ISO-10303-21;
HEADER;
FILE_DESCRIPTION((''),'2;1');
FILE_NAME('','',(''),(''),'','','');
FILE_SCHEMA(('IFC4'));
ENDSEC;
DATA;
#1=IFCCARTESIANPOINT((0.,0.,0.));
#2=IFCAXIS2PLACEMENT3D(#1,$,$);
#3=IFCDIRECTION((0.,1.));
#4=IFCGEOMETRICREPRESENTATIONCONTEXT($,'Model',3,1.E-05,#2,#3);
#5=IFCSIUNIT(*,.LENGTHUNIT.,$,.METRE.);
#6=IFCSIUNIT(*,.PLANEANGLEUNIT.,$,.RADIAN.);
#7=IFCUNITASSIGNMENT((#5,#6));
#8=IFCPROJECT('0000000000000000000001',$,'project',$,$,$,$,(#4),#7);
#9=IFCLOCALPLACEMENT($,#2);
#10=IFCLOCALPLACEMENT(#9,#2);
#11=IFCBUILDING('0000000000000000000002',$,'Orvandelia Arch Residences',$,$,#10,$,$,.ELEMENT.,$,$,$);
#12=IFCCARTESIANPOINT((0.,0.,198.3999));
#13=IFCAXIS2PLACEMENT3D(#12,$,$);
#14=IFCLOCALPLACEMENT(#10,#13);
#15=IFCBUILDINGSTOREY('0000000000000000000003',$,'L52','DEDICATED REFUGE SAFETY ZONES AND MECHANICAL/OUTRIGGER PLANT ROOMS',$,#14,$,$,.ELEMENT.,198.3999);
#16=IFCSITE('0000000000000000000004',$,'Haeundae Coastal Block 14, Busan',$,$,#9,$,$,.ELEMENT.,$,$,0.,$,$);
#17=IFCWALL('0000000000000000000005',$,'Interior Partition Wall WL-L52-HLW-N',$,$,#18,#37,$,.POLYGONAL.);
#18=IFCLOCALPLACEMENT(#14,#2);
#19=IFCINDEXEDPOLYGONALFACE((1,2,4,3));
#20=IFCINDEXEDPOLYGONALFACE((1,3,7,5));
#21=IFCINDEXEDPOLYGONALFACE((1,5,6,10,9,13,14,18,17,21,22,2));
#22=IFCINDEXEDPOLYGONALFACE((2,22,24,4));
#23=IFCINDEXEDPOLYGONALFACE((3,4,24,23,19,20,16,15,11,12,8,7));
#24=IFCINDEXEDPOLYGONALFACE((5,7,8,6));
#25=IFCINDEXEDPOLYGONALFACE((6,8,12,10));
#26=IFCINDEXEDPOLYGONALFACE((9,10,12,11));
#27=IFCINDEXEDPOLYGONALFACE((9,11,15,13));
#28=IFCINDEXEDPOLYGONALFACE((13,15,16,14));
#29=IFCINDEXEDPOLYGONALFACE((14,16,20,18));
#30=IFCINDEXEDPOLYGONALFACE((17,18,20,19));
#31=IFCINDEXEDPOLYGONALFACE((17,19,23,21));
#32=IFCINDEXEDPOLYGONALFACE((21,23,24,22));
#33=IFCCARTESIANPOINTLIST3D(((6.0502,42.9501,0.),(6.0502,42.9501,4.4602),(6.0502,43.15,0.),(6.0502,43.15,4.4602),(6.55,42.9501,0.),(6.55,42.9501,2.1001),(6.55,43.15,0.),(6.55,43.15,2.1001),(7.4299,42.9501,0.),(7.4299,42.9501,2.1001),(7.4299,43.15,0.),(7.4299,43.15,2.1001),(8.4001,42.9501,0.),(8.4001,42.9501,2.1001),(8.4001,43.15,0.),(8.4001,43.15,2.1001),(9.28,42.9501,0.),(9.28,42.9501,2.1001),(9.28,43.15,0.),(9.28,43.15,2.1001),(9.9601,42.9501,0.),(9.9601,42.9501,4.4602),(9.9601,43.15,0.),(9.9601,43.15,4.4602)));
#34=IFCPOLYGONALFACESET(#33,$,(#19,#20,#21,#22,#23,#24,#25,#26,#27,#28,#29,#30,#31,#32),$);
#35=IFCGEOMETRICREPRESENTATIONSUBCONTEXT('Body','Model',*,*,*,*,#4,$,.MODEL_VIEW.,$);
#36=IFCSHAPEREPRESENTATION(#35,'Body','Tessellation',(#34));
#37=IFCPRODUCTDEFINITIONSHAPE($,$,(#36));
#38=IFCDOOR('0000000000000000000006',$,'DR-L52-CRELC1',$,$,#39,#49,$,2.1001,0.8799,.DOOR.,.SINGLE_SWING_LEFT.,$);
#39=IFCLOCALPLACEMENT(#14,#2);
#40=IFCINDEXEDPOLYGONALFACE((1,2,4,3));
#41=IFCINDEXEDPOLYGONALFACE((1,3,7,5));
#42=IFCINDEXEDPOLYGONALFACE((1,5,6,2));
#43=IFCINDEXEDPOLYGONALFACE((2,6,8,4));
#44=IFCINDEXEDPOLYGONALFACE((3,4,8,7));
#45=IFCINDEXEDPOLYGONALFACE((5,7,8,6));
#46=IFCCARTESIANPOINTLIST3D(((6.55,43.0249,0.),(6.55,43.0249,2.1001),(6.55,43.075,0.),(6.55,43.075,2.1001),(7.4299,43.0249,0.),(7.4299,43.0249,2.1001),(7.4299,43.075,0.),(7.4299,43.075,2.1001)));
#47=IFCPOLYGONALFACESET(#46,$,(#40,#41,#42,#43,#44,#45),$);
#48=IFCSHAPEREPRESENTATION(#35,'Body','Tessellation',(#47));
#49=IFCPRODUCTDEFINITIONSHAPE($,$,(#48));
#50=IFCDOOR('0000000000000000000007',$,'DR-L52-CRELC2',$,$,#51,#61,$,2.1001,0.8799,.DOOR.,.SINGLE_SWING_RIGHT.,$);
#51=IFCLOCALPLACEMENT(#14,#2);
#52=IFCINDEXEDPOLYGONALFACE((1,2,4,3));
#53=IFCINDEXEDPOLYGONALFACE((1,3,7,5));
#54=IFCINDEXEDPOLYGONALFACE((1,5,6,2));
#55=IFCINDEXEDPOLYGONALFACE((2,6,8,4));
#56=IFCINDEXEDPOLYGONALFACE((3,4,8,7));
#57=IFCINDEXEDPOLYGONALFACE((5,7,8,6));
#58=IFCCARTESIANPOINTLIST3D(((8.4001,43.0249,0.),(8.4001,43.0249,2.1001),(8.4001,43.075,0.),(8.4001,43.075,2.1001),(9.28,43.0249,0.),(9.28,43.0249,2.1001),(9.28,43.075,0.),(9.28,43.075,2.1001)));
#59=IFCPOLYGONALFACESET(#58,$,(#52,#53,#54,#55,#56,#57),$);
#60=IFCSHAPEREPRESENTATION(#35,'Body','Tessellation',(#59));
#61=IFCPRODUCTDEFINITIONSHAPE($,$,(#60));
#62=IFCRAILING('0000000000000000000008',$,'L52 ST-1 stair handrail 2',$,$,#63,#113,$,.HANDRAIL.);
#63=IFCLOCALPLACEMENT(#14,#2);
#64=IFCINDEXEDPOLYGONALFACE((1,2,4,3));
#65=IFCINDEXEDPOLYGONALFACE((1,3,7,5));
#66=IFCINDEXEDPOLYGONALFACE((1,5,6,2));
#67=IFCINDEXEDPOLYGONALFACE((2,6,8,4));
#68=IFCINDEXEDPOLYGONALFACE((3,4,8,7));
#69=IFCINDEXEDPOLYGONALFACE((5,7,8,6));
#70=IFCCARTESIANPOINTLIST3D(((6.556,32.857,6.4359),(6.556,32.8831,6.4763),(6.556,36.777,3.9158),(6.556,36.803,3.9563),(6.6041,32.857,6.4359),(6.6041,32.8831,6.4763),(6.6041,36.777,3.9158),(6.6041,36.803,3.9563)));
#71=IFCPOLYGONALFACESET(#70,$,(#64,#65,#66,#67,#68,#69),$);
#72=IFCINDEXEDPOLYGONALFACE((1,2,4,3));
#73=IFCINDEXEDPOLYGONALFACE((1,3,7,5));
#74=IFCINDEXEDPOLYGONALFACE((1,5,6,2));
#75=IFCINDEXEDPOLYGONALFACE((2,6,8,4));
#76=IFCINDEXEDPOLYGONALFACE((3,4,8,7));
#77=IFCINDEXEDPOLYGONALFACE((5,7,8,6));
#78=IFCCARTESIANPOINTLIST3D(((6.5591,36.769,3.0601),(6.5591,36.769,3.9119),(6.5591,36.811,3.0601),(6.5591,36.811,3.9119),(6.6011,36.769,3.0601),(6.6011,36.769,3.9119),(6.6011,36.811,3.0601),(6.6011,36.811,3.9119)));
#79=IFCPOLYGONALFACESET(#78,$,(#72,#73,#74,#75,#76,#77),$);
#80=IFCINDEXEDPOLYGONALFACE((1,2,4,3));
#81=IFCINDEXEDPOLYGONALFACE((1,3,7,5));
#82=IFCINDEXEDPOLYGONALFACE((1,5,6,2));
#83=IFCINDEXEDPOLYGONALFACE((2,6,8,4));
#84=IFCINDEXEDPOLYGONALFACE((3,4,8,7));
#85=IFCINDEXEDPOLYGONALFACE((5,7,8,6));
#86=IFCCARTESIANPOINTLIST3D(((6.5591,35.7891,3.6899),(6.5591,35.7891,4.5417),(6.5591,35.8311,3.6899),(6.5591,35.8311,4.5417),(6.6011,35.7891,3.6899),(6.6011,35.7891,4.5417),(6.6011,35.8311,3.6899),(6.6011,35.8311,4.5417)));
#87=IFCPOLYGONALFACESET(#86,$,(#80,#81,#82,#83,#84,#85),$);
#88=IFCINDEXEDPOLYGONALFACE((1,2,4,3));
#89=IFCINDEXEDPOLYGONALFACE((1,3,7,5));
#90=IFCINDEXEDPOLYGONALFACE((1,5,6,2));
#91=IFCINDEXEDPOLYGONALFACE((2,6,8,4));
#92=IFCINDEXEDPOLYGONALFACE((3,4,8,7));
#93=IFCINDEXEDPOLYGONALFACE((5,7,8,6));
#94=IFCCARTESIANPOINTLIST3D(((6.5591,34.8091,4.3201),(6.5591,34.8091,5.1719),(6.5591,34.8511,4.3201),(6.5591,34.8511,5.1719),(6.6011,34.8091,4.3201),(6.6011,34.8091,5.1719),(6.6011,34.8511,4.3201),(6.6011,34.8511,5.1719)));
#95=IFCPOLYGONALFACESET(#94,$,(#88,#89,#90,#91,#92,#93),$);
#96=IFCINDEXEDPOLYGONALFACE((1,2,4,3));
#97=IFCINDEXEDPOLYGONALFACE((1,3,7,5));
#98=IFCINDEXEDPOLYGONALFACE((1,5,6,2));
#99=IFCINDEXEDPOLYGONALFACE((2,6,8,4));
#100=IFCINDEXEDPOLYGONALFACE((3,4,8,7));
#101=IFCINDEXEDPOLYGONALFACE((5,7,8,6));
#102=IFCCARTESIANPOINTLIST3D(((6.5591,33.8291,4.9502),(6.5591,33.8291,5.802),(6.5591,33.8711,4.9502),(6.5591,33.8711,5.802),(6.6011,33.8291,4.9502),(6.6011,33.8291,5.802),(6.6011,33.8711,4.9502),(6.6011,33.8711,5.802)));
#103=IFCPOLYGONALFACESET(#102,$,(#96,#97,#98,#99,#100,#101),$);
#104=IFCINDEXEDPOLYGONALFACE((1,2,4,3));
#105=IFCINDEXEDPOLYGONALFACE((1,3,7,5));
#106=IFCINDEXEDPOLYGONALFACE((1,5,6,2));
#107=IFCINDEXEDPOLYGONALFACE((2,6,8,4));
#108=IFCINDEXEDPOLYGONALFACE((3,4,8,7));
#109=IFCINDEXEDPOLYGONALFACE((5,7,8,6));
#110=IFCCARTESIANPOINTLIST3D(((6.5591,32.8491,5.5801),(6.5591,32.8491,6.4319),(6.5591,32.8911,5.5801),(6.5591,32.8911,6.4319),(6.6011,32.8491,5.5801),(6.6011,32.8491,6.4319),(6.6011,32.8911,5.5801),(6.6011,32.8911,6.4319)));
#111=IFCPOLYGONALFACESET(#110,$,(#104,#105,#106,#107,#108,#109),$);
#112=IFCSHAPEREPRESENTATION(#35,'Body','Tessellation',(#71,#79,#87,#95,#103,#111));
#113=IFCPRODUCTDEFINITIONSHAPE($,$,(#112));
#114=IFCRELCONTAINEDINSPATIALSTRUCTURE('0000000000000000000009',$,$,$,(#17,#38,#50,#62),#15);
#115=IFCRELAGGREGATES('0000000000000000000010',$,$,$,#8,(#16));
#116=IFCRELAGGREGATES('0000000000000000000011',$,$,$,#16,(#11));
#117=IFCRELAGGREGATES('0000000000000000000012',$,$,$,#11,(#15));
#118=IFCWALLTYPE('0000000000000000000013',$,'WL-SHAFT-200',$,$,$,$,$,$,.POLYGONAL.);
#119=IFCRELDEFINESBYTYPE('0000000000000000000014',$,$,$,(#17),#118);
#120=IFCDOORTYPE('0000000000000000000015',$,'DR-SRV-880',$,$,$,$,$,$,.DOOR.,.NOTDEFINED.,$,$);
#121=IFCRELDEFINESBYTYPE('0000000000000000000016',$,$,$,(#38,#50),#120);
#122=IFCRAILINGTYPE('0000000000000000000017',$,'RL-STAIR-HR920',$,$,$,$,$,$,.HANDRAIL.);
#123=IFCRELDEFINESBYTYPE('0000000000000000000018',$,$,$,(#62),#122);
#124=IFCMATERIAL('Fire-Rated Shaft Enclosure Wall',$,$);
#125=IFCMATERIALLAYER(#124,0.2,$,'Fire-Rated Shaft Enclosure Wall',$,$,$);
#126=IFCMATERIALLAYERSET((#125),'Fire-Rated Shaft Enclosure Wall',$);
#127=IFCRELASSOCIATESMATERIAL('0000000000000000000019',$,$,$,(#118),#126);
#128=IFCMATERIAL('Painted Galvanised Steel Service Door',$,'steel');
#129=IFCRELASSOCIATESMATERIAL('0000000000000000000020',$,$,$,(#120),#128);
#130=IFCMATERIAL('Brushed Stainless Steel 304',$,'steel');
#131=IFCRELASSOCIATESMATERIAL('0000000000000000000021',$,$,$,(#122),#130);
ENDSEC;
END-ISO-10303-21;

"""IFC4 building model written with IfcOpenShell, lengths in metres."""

from ifc_helpers import new_model, si_unit, direction, frame, frame_2d, origin, origin_2d, place, context, subcontext, project, spatial, rectangle, extrude, material, layer, layer_set, type_object, element, fill, save


model = new_model("IFC4")

# Units and contexts
model_context = context("Model", 3, precision=1e-05, world=origin(), true_north=direction((0.0, 1.0)))
body_context = subcontext(model_context, "Body", "Model", "MODEL_VIEW")
ifc_project = project(units=[si_unit("LENGTHUNIT", "METRE"), si_unit("PLANEANGLEUNIT", "RADIAN")], contexts=[model_context])

# Site, building, storey
site_placement = place(None, origin())
site = spatial("IfcSite", under=ifc_project, at=site_placement, Name="Haeundae Coastal Block 14, Busan", CompositionType="ELEMENT", RefElevation=0.0)
building_placement = place(site_placement, origin())
building = spatial("IfcBuilding", under=site, at=building_placement, Name="Orvandelia Arch Residences", CompositionType="ELEMENT")
storey_placement = place(building_placement, frame((0.0, 0.0, 198.3999)))
storey = spatial("IfcBuildingStorey", under=building, at=storey_placement, Name="L52", Description="DEDICATED REFUGE SAFETY ZONES AND MECHANICAL/OUTRIGGER PLANT ROOMS", CompositionType="ELEMENT", Elevation=198.3999)

# Wall, openings, doors
ifc_material_1 = material(Name="Fire-Rated Shaft Enclosure Wall")
ifc_layer_1 = layer(ifc_material_1, 0.2, Name="Fire-Rated Shaft Enclosure Wall")
ifc_layer_set_1 = layer_set([ifc_layer_1], Name="Fire-Rated Shaft Enclosure Wall")
wall_type_1 = type_object("IfcWallType", Name="WL-SHAFT-200", PredefinedType="POLYGONAL", material=ifc_layer_set_1)
wall_1_placement = place(storey_placement, frame((6.05, 43.05, 0.0), z_axis=(0.0, 0.0, 1.0), x_axis=(1.0, 0.0, 0.0)))
wall_1 = element("IfcWall", 1, at=wall_1_placement, inside=storey, type_object=wall_type_1, Name="Interior Partition Wall WL-L52-HLW-N", PredefinedType="POLYGONAL", context=body_context, shape_type="SweptSolid", body=[
    extrude(rectangle(XDim=3.9099, YDim=0.2, at=frame_2d((1.9551, 0.0))), origin(), (0.0, 0.0, 1.0), 4.4602),
])
opening_1_placement = place(wall_1_placement, frame((0.5, 0.0, 0.0)))
opening_1 = element("IfcOpeningElement", 2, at=opening_1_placement, cuts=wall_1, PredefinedType="OPENING", context=body_context, shape_type="SweptSolid", body=[
    extrude(rectangle(XDim=0.8799, YDim=2.1001, at=frame_2d((0.4399, 1.05))), frame((0.0, 0.1099, 0.0), z_axis=(0.0, -1.0, 0.0), x_axis=(1.0, 0.0, 0.0)), (0.0, 0.0, 1.0), 0.22),
])
opening_2_placement = place(wall_1_placement, frame((2.3501, 0.0, 0.0)))
opening_2 = element("IfcOpeningElement", 3, at=opening_2_placement, cuts=wall_1, PredefinedType="OPENING", context=body_context, shape_type="SweptSolid", body=[
    extrude(rectangle(XDim=0.8799, YDim=2.1001, at=frame_2d((0.4399, 1.05))), frame((0.0, 0.1099, 0.0), z_axis=(0.0, -1.0, 0.0), x_axis=(1.0, 0.0, 0.0)), (0.0, 0.0, 1.0), 0.22),
])
ifc_material_2 = material(Name="Painted Galvanised Steel Service Door", Category="steel")
door_type = type_object("IfcDoorType", Name="DR-SRV-880", OperationType="NOTDEFINED", PredefinedType="DOOR", material=ifc_material_2)
door_1_placement = place(opening_1_placement, origin())
door_1 = element("IfcDoor", 4, at=door_1_placement, inside=storey, type_object=door_type, Name="DR-L52-CRELC1", OperationType="SINGLE_SWING_LEFT", OverallHeight=2.1001, OverallWidth=0.8799, PredefinedType="DOOR", context=body_context, shape_type="SweptSolid", body=[
    extrude(rectangle(XDim=0.8799, YDim=2.1001, at=frame_2d((0.4399, 1.05))), frame((0.0, 0.0249, 0.0), z_axis=(0.0, -1.0, 0.0), x_axis=(1.0, 0.0, 0.0)), (0.0, 0.0, 1.0), 0.05),
])
fill(opening_1, door_1)
door_2_placement = place(opening_2_placement, origin())
door_2 = element("IfcDoor", 5, at=door_2_placement, inside=storey, type_object=door_type, Name="DR-L52-CRELC2", OperationType="SINGLE_SWING_RIGHT", OverallHeight=2.1001, OverallWidth=0.8799, PredefinedType="DOOR", context=body_context, shape_type="SweptSolid", body=[
    extrude(rectangle(XDim=0.8799, YDim=2.1001, at=frame_2d((0.4399, 1.05))), frame((0.0, 0.0249, 0.0), z_axis=(0.0, -1.0, 0.0), x_axis=(1.0, 0.0, 0.0)), (0.0, 0.0, 1.0), 0.05),
])
fill(opening_2, door_2)

# Railing
ifc_material_3 = material(Name="Brushed Stainless Steel 304", Category="steel")
railing_type = type_object("IfcRailingType", Name="RL-STAIR-HR920", PredefinedType="HANDRAIL", material=ifc_material_3)
railing_placement = place(storey_placement, frame((6.5801, 36.79, 3.0601)))
element("IfcRailing", 6, at=railing_placement, inside=storey, type_object=railing_type, Name="L52 ST-1 stair handrail 2", PredefinedType="HANDRAIL", context=body_context, shape_type="SweptSolid", body=[
    extrude(rectangle(XDim=0.0481, YDim=0.0481, at=origin_2d()), frame((0.0, 0.0, 0.876), z_axis=(0.0, -0.841172, 0.540768), x_axis=(1.0, 0.0, 0.0)), (0.0, 0.0, 1.0), 4.6602),
    extrude(rectangle(XDim=0.042, YDim=0.042, at=origin_2d()), origin(), (0.0, 0.0, 1.0), 0.8518),
    extrude(rectangle(XDim=0.042, YDim=0.042, at=origin_2d()), frame((0.0, -0.98, 0.6299)), (0.0, 0.0, 1.0), 0.8518),
    extrude(rectangle(XDim=0.042, YDim=0.042, at=origin_2d()), frame((0.0, -1.96, 1.26)), (0.0, 0.0, 1.0), 0.8518),
    extrude(rectangle(XDim=0.042, YDim=0.042, at=origin_2d()), frame((0.0, -2.9399, 1.8901)), (0.0, 0.0, 1.0), 0.8518),
    extrude(rectangle(XDim=0.042, YDim=0.042, at=origin_2d()), frame((0.0, -3.9199, 2.52)), (0.0, 0.0, 1.0), 0.8518),
])

save(model, "model.ifc")
